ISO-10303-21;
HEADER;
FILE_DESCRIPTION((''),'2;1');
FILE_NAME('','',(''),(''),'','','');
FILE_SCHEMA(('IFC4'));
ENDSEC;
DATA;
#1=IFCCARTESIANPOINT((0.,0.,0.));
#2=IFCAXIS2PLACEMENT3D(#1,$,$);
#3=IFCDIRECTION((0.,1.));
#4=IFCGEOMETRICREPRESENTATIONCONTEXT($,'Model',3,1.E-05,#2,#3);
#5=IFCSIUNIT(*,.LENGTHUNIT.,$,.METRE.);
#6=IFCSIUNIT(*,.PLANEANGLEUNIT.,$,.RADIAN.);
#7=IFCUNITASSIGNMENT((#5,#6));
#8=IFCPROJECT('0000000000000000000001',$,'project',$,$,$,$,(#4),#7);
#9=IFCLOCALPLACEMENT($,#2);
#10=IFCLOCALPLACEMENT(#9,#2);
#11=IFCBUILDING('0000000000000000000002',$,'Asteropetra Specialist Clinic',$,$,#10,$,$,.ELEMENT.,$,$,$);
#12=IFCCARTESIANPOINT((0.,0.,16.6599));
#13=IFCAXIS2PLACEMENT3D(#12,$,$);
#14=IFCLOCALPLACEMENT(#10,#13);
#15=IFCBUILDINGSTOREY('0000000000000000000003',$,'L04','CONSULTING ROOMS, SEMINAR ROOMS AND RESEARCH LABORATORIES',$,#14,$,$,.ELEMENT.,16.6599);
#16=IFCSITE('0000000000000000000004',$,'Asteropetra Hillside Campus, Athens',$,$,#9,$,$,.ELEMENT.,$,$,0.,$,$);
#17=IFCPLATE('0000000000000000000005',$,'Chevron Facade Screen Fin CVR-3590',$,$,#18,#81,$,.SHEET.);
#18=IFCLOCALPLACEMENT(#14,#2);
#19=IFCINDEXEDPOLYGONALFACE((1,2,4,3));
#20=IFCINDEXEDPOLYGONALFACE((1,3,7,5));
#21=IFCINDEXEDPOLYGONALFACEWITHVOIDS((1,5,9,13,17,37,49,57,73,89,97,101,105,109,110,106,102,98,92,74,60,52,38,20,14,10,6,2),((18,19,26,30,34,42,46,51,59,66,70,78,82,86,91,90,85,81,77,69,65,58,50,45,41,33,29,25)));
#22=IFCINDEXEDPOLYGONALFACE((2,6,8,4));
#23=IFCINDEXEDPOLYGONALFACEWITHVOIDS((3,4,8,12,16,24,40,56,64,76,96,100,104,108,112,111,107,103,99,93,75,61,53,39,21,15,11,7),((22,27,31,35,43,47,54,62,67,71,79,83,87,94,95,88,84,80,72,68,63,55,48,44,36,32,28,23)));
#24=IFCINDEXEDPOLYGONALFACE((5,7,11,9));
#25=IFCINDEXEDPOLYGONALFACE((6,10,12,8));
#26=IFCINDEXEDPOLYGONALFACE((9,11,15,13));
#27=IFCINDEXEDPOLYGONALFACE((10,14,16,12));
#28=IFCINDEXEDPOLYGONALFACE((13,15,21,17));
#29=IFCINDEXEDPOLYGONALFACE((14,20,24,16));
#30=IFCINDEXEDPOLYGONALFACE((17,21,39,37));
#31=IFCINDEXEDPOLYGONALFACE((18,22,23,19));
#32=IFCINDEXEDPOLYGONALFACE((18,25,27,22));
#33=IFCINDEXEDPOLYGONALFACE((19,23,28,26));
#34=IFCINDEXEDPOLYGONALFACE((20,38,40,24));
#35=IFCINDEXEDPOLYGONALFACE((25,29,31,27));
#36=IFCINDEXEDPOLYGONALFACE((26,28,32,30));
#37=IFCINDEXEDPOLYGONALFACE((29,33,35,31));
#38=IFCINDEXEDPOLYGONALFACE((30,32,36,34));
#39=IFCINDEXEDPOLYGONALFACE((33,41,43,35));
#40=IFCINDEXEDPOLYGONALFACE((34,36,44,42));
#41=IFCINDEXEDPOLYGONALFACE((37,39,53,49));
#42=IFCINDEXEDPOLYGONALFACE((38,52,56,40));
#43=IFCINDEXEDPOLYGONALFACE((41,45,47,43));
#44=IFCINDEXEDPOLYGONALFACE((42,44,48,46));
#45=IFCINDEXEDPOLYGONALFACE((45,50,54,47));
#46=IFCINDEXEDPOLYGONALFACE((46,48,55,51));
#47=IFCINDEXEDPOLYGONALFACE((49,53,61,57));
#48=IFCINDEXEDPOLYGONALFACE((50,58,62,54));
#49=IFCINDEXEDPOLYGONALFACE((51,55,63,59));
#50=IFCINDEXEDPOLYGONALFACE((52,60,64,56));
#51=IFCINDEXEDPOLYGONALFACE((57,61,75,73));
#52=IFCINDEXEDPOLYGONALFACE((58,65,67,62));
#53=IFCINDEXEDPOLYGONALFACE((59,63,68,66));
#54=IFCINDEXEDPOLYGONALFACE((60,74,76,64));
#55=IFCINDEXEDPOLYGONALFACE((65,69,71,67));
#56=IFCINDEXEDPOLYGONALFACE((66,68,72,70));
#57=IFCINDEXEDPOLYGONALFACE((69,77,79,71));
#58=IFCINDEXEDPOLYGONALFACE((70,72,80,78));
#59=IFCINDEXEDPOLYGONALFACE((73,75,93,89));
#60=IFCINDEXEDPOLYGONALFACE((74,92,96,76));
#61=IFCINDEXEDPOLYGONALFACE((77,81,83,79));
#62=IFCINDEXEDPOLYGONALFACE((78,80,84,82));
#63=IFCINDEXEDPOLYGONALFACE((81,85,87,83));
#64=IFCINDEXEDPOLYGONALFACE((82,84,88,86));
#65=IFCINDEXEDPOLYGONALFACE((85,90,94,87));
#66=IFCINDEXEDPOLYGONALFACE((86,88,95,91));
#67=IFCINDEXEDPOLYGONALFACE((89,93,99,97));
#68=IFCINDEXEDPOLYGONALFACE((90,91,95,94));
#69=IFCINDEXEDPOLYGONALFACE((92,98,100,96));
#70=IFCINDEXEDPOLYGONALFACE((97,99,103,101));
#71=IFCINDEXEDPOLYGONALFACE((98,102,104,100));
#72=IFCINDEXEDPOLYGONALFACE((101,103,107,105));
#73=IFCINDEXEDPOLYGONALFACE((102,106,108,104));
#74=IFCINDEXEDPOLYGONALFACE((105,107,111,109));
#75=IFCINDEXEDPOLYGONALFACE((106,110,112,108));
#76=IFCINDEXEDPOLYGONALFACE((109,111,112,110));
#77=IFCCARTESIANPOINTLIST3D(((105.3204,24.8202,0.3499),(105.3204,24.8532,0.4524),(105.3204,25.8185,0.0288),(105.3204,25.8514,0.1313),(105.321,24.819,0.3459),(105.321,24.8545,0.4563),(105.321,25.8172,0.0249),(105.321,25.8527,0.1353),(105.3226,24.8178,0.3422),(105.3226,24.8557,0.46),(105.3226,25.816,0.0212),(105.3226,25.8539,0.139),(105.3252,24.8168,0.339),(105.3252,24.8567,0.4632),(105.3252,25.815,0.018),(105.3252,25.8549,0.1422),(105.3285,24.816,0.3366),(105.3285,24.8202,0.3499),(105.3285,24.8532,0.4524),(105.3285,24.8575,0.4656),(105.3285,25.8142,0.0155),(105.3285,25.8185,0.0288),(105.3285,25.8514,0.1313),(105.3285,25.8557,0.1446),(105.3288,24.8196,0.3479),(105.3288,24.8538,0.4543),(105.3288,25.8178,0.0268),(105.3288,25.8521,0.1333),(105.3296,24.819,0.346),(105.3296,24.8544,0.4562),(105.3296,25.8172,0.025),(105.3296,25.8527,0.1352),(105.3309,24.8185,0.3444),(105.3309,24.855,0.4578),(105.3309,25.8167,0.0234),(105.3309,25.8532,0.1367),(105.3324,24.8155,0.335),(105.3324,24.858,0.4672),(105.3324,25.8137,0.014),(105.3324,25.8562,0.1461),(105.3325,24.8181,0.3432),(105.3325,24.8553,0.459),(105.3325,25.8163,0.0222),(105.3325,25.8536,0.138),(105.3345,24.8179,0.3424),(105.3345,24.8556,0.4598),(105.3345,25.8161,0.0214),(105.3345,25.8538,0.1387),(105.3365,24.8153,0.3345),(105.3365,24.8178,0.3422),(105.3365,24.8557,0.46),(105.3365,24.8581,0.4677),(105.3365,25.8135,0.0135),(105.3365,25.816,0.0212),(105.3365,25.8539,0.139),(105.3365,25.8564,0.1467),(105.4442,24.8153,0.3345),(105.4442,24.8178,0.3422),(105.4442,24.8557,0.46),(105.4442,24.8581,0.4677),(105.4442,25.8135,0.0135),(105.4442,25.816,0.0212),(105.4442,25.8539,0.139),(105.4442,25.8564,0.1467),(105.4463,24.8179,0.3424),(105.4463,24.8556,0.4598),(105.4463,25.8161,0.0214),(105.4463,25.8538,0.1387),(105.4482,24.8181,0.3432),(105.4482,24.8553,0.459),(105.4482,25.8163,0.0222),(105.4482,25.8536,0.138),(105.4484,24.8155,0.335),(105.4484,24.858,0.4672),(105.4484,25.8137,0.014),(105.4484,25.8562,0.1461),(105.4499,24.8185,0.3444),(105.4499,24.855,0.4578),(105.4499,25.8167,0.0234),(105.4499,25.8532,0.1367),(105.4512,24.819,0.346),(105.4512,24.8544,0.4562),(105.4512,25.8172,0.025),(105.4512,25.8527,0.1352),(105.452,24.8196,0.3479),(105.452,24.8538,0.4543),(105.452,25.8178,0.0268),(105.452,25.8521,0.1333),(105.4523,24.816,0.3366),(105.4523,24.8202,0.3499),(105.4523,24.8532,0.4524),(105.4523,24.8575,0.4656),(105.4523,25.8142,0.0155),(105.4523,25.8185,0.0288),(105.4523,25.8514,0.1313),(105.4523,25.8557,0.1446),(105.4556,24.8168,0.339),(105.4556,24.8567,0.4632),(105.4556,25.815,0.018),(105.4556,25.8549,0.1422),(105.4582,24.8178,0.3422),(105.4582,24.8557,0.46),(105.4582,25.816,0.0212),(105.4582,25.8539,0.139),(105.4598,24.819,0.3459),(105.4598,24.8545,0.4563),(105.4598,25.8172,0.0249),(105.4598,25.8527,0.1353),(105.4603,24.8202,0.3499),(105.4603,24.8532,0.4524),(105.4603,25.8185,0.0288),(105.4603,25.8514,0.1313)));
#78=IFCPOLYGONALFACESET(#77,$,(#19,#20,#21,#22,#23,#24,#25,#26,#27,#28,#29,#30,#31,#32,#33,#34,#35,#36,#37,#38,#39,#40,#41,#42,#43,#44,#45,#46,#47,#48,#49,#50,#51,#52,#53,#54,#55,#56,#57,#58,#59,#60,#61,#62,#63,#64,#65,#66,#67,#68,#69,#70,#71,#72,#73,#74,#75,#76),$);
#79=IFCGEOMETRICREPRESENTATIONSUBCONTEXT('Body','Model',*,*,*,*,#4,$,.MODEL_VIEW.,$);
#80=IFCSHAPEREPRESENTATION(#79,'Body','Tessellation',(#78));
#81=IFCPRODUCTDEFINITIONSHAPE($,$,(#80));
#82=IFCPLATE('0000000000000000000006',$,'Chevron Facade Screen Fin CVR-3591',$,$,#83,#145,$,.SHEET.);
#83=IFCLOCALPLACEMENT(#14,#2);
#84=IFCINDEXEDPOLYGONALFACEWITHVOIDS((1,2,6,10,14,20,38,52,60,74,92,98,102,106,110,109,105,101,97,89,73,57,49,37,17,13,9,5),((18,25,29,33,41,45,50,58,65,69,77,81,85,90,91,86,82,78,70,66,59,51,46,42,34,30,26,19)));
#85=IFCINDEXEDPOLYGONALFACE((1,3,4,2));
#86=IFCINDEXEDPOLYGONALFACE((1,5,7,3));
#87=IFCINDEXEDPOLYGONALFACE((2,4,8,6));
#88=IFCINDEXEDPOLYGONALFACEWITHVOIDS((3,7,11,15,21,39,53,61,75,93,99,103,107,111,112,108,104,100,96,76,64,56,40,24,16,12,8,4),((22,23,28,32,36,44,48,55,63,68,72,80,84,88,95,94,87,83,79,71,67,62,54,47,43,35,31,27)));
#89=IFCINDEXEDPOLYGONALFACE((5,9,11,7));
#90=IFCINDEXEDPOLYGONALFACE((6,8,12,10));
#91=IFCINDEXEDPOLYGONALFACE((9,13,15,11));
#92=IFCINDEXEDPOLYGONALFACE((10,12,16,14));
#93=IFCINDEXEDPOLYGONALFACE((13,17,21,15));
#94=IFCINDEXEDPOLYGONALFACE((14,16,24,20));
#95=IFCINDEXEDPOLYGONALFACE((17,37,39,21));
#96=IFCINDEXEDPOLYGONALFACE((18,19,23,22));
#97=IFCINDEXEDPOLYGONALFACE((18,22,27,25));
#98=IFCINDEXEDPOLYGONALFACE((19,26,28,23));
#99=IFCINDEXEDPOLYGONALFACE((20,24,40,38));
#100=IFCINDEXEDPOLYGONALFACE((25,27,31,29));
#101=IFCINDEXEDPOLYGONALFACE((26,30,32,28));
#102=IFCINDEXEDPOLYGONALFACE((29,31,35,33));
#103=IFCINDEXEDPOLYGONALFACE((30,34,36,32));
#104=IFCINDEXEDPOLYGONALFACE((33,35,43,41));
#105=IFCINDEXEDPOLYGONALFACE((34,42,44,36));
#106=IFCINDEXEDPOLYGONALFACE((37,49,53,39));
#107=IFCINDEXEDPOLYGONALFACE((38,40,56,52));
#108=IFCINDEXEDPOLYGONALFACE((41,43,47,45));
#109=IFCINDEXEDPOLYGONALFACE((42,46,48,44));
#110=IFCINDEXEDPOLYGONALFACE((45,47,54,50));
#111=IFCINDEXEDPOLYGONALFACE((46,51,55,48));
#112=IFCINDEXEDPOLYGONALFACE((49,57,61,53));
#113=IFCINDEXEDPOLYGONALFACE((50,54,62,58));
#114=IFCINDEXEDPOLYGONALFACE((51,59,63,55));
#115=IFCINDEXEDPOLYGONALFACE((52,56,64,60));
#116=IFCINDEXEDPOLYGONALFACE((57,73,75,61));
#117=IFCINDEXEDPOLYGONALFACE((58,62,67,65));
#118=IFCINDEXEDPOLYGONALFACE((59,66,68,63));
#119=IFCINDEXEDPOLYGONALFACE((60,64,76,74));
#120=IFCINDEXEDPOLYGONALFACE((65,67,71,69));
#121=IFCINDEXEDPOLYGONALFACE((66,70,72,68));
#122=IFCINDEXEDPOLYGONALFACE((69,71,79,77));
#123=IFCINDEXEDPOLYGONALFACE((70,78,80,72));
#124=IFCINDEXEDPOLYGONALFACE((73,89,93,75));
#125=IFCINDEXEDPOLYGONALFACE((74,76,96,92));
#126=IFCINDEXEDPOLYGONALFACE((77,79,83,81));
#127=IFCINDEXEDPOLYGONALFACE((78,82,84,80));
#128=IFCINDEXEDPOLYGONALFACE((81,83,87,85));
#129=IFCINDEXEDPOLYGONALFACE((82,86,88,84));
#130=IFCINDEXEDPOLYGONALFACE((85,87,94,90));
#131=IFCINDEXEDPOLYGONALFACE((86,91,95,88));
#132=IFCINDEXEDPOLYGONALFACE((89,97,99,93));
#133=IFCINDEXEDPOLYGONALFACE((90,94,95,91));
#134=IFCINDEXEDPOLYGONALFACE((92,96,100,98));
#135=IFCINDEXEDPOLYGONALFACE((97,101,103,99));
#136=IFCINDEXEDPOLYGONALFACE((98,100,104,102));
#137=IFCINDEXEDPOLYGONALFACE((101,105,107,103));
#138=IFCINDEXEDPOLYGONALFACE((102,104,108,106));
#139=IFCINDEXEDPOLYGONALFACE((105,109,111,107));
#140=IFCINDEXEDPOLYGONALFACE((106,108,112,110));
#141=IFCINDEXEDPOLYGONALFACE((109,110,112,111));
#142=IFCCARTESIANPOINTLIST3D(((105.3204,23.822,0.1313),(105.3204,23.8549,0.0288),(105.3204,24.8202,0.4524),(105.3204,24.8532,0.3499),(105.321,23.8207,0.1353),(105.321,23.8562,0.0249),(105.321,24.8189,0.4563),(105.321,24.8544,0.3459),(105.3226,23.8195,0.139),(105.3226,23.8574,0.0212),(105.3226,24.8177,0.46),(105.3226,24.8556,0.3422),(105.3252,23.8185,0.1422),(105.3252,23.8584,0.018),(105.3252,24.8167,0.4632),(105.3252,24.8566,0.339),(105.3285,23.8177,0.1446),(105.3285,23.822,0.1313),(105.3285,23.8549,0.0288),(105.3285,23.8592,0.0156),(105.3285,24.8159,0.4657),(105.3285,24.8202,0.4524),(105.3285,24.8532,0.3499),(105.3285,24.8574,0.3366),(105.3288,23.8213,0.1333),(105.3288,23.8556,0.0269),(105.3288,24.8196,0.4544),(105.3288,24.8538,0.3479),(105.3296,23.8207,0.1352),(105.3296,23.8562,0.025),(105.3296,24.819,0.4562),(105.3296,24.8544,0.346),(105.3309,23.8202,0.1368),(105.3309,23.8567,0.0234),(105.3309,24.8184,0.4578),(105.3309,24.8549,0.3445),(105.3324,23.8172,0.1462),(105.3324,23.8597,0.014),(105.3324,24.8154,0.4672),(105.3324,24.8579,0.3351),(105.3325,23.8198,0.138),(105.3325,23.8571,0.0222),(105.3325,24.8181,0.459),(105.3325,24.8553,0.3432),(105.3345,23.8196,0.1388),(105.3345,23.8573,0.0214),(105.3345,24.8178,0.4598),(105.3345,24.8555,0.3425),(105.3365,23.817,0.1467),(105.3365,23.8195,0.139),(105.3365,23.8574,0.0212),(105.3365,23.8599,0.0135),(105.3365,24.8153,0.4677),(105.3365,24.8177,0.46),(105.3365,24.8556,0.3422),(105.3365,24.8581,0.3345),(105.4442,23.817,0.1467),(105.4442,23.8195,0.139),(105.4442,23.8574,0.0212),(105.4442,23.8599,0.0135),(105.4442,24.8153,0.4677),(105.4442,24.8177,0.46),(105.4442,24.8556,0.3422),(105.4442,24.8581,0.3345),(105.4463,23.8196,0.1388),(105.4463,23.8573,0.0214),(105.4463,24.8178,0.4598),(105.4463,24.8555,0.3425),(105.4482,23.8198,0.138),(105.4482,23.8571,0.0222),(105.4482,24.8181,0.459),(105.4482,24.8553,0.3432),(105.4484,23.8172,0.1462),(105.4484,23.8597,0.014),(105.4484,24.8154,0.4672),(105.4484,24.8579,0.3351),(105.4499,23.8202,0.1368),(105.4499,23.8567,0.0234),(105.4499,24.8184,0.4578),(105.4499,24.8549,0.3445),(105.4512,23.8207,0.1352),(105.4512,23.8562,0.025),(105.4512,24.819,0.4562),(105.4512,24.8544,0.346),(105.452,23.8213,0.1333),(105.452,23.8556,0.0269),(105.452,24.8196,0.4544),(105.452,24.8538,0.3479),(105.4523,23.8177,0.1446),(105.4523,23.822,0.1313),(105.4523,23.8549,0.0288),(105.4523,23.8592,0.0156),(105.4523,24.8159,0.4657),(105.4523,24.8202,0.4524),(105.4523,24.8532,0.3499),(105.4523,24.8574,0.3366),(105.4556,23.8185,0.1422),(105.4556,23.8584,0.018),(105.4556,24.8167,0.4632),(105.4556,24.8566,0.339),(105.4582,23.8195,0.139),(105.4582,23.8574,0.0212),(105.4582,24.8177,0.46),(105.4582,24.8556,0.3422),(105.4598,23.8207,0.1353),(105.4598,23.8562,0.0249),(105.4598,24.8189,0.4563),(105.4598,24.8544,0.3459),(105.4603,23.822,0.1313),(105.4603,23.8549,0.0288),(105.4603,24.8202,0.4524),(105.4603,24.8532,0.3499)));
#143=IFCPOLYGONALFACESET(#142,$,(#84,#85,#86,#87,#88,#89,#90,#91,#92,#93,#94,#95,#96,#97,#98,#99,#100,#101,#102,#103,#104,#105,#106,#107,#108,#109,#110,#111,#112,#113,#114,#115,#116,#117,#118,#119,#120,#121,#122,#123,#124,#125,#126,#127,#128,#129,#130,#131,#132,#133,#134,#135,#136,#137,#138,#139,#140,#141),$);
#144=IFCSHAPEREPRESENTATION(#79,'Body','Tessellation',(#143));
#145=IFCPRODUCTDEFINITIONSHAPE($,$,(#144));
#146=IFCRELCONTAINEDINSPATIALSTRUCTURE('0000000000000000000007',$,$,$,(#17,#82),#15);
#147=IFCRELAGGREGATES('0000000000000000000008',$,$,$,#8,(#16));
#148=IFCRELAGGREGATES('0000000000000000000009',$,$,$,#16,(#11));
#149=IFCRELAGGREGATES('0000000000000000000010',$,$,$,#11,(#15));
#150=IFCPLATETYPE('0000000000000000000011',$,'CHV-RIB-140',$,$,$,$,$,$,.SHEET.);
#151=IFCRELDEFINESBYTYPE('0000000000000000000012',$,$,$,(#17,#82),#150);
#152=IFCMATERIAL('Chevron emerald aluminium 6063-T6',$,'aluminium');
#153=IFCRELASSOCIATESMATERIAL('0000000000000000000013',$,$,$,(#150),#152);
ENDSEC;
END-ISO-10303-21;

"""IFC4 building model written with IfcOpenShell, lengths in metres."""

from ifc_helpers import new_model, si_unit, direction, frame, origin, origin_2d, place, context, subcontext, project, spatial, hollow_rectangle, extrude, material, material_profile, profile_set, type_object, element, save


model = new_model("IFC4")

# Units and contexts
model_context = context("Model", 3, precision=1e-05, world=origin(), true_north=direction((0.0, 1.0)))
body_context = subcontext(model_context, "Body", "Model", "MODEL_VIEW")
ifc_project = project(units=[si_unit("LENGTHUNIT", "METRE"), si_unit("PLANEANGLEUNIT", "RADIAN")], contexts=[model_context])

# Site, building, storey
site_placement = place(None, origin())
site = spatial("IfcSite", under=ifc_project, at=site_placement, Name="Asteropetra Hillside Campus, Athens", CompositionType="ELEMENT", RefElevation=0.0)
building_placement = place(site_placement, origin())
building = spatial("IfcBuilding", under=site, at=building_placement, Name="Asteropetra Specialist Clinic", CompositionType="ELEMENT")
storey_placement = place(building_placement, frame((0.0, 0.0, 16.6599)))
storey = spatial("IfcBuildingStorey", under=building, at=storey_placement, Name="L04", Description="CONSULTING ROOMS, SEMINAR ROOMS AND RESEARCH LABORATORIES", CompositionType="ELEMENT", Elevation=16.6599)

# Plates
ifc_material_1 = material(Name="Chevron emerald aluminium 6063-T6", Category="aluminium")
ifc_material_profile = material_profile(ifc_material_1, hollow_rectangle(XDim=0.1399, YDim=0.1399, WallThickness=0.0081, InnerFilletRadius=0.0081, OuterFilletRadius=0.0161, at=origin_2d()), Name="SHS 140x140x8.0")
ifc_profile_set = profile_set([ifc_material_profile], Name="Chevron emerald aluminium 6063-T6")
plate_type = type_object("IfcPlateType", Name="CHV-RIB-140", PredefinedType="SHEET", material=ifc_profile_set)
for number, where, z_axis, x_axis, name in (
    (1, (105.3904, 25.835, 0.0801), (0.0, -0.951983, 0.306152), (1.0, 0.0, 0.0), "Chevron Facade Screen Fin CVR-3590"),
    (2, (105.3904, 24.8367, 0.4011), (0.0, -0.951983, -0.306152), (1.0, 0.0, 0.0), "Chevron Facade Screen Fin CVR-3591"),
):
    element("IfcPlate", number, at=place(storey_placement, frame(where, z_axis=z_axis, x_axis=x_axis)), inside=storey, type_object=plate_type, Name=name, PredefinedType="SHEET", context=body_context, shape_type="SweptSolid", body=[
        extrude(hollow_rectangle(XDim=0.1399, YDim=0.1399, WallThickness=0.0081, InnerFilletRadius=0.0081, OuterFilletRadius=0.0161, at=origin_2d()), origin(), (0.0, 0.0, 1.0), 1.0486),
    ])

save(model, "model.ifc")
